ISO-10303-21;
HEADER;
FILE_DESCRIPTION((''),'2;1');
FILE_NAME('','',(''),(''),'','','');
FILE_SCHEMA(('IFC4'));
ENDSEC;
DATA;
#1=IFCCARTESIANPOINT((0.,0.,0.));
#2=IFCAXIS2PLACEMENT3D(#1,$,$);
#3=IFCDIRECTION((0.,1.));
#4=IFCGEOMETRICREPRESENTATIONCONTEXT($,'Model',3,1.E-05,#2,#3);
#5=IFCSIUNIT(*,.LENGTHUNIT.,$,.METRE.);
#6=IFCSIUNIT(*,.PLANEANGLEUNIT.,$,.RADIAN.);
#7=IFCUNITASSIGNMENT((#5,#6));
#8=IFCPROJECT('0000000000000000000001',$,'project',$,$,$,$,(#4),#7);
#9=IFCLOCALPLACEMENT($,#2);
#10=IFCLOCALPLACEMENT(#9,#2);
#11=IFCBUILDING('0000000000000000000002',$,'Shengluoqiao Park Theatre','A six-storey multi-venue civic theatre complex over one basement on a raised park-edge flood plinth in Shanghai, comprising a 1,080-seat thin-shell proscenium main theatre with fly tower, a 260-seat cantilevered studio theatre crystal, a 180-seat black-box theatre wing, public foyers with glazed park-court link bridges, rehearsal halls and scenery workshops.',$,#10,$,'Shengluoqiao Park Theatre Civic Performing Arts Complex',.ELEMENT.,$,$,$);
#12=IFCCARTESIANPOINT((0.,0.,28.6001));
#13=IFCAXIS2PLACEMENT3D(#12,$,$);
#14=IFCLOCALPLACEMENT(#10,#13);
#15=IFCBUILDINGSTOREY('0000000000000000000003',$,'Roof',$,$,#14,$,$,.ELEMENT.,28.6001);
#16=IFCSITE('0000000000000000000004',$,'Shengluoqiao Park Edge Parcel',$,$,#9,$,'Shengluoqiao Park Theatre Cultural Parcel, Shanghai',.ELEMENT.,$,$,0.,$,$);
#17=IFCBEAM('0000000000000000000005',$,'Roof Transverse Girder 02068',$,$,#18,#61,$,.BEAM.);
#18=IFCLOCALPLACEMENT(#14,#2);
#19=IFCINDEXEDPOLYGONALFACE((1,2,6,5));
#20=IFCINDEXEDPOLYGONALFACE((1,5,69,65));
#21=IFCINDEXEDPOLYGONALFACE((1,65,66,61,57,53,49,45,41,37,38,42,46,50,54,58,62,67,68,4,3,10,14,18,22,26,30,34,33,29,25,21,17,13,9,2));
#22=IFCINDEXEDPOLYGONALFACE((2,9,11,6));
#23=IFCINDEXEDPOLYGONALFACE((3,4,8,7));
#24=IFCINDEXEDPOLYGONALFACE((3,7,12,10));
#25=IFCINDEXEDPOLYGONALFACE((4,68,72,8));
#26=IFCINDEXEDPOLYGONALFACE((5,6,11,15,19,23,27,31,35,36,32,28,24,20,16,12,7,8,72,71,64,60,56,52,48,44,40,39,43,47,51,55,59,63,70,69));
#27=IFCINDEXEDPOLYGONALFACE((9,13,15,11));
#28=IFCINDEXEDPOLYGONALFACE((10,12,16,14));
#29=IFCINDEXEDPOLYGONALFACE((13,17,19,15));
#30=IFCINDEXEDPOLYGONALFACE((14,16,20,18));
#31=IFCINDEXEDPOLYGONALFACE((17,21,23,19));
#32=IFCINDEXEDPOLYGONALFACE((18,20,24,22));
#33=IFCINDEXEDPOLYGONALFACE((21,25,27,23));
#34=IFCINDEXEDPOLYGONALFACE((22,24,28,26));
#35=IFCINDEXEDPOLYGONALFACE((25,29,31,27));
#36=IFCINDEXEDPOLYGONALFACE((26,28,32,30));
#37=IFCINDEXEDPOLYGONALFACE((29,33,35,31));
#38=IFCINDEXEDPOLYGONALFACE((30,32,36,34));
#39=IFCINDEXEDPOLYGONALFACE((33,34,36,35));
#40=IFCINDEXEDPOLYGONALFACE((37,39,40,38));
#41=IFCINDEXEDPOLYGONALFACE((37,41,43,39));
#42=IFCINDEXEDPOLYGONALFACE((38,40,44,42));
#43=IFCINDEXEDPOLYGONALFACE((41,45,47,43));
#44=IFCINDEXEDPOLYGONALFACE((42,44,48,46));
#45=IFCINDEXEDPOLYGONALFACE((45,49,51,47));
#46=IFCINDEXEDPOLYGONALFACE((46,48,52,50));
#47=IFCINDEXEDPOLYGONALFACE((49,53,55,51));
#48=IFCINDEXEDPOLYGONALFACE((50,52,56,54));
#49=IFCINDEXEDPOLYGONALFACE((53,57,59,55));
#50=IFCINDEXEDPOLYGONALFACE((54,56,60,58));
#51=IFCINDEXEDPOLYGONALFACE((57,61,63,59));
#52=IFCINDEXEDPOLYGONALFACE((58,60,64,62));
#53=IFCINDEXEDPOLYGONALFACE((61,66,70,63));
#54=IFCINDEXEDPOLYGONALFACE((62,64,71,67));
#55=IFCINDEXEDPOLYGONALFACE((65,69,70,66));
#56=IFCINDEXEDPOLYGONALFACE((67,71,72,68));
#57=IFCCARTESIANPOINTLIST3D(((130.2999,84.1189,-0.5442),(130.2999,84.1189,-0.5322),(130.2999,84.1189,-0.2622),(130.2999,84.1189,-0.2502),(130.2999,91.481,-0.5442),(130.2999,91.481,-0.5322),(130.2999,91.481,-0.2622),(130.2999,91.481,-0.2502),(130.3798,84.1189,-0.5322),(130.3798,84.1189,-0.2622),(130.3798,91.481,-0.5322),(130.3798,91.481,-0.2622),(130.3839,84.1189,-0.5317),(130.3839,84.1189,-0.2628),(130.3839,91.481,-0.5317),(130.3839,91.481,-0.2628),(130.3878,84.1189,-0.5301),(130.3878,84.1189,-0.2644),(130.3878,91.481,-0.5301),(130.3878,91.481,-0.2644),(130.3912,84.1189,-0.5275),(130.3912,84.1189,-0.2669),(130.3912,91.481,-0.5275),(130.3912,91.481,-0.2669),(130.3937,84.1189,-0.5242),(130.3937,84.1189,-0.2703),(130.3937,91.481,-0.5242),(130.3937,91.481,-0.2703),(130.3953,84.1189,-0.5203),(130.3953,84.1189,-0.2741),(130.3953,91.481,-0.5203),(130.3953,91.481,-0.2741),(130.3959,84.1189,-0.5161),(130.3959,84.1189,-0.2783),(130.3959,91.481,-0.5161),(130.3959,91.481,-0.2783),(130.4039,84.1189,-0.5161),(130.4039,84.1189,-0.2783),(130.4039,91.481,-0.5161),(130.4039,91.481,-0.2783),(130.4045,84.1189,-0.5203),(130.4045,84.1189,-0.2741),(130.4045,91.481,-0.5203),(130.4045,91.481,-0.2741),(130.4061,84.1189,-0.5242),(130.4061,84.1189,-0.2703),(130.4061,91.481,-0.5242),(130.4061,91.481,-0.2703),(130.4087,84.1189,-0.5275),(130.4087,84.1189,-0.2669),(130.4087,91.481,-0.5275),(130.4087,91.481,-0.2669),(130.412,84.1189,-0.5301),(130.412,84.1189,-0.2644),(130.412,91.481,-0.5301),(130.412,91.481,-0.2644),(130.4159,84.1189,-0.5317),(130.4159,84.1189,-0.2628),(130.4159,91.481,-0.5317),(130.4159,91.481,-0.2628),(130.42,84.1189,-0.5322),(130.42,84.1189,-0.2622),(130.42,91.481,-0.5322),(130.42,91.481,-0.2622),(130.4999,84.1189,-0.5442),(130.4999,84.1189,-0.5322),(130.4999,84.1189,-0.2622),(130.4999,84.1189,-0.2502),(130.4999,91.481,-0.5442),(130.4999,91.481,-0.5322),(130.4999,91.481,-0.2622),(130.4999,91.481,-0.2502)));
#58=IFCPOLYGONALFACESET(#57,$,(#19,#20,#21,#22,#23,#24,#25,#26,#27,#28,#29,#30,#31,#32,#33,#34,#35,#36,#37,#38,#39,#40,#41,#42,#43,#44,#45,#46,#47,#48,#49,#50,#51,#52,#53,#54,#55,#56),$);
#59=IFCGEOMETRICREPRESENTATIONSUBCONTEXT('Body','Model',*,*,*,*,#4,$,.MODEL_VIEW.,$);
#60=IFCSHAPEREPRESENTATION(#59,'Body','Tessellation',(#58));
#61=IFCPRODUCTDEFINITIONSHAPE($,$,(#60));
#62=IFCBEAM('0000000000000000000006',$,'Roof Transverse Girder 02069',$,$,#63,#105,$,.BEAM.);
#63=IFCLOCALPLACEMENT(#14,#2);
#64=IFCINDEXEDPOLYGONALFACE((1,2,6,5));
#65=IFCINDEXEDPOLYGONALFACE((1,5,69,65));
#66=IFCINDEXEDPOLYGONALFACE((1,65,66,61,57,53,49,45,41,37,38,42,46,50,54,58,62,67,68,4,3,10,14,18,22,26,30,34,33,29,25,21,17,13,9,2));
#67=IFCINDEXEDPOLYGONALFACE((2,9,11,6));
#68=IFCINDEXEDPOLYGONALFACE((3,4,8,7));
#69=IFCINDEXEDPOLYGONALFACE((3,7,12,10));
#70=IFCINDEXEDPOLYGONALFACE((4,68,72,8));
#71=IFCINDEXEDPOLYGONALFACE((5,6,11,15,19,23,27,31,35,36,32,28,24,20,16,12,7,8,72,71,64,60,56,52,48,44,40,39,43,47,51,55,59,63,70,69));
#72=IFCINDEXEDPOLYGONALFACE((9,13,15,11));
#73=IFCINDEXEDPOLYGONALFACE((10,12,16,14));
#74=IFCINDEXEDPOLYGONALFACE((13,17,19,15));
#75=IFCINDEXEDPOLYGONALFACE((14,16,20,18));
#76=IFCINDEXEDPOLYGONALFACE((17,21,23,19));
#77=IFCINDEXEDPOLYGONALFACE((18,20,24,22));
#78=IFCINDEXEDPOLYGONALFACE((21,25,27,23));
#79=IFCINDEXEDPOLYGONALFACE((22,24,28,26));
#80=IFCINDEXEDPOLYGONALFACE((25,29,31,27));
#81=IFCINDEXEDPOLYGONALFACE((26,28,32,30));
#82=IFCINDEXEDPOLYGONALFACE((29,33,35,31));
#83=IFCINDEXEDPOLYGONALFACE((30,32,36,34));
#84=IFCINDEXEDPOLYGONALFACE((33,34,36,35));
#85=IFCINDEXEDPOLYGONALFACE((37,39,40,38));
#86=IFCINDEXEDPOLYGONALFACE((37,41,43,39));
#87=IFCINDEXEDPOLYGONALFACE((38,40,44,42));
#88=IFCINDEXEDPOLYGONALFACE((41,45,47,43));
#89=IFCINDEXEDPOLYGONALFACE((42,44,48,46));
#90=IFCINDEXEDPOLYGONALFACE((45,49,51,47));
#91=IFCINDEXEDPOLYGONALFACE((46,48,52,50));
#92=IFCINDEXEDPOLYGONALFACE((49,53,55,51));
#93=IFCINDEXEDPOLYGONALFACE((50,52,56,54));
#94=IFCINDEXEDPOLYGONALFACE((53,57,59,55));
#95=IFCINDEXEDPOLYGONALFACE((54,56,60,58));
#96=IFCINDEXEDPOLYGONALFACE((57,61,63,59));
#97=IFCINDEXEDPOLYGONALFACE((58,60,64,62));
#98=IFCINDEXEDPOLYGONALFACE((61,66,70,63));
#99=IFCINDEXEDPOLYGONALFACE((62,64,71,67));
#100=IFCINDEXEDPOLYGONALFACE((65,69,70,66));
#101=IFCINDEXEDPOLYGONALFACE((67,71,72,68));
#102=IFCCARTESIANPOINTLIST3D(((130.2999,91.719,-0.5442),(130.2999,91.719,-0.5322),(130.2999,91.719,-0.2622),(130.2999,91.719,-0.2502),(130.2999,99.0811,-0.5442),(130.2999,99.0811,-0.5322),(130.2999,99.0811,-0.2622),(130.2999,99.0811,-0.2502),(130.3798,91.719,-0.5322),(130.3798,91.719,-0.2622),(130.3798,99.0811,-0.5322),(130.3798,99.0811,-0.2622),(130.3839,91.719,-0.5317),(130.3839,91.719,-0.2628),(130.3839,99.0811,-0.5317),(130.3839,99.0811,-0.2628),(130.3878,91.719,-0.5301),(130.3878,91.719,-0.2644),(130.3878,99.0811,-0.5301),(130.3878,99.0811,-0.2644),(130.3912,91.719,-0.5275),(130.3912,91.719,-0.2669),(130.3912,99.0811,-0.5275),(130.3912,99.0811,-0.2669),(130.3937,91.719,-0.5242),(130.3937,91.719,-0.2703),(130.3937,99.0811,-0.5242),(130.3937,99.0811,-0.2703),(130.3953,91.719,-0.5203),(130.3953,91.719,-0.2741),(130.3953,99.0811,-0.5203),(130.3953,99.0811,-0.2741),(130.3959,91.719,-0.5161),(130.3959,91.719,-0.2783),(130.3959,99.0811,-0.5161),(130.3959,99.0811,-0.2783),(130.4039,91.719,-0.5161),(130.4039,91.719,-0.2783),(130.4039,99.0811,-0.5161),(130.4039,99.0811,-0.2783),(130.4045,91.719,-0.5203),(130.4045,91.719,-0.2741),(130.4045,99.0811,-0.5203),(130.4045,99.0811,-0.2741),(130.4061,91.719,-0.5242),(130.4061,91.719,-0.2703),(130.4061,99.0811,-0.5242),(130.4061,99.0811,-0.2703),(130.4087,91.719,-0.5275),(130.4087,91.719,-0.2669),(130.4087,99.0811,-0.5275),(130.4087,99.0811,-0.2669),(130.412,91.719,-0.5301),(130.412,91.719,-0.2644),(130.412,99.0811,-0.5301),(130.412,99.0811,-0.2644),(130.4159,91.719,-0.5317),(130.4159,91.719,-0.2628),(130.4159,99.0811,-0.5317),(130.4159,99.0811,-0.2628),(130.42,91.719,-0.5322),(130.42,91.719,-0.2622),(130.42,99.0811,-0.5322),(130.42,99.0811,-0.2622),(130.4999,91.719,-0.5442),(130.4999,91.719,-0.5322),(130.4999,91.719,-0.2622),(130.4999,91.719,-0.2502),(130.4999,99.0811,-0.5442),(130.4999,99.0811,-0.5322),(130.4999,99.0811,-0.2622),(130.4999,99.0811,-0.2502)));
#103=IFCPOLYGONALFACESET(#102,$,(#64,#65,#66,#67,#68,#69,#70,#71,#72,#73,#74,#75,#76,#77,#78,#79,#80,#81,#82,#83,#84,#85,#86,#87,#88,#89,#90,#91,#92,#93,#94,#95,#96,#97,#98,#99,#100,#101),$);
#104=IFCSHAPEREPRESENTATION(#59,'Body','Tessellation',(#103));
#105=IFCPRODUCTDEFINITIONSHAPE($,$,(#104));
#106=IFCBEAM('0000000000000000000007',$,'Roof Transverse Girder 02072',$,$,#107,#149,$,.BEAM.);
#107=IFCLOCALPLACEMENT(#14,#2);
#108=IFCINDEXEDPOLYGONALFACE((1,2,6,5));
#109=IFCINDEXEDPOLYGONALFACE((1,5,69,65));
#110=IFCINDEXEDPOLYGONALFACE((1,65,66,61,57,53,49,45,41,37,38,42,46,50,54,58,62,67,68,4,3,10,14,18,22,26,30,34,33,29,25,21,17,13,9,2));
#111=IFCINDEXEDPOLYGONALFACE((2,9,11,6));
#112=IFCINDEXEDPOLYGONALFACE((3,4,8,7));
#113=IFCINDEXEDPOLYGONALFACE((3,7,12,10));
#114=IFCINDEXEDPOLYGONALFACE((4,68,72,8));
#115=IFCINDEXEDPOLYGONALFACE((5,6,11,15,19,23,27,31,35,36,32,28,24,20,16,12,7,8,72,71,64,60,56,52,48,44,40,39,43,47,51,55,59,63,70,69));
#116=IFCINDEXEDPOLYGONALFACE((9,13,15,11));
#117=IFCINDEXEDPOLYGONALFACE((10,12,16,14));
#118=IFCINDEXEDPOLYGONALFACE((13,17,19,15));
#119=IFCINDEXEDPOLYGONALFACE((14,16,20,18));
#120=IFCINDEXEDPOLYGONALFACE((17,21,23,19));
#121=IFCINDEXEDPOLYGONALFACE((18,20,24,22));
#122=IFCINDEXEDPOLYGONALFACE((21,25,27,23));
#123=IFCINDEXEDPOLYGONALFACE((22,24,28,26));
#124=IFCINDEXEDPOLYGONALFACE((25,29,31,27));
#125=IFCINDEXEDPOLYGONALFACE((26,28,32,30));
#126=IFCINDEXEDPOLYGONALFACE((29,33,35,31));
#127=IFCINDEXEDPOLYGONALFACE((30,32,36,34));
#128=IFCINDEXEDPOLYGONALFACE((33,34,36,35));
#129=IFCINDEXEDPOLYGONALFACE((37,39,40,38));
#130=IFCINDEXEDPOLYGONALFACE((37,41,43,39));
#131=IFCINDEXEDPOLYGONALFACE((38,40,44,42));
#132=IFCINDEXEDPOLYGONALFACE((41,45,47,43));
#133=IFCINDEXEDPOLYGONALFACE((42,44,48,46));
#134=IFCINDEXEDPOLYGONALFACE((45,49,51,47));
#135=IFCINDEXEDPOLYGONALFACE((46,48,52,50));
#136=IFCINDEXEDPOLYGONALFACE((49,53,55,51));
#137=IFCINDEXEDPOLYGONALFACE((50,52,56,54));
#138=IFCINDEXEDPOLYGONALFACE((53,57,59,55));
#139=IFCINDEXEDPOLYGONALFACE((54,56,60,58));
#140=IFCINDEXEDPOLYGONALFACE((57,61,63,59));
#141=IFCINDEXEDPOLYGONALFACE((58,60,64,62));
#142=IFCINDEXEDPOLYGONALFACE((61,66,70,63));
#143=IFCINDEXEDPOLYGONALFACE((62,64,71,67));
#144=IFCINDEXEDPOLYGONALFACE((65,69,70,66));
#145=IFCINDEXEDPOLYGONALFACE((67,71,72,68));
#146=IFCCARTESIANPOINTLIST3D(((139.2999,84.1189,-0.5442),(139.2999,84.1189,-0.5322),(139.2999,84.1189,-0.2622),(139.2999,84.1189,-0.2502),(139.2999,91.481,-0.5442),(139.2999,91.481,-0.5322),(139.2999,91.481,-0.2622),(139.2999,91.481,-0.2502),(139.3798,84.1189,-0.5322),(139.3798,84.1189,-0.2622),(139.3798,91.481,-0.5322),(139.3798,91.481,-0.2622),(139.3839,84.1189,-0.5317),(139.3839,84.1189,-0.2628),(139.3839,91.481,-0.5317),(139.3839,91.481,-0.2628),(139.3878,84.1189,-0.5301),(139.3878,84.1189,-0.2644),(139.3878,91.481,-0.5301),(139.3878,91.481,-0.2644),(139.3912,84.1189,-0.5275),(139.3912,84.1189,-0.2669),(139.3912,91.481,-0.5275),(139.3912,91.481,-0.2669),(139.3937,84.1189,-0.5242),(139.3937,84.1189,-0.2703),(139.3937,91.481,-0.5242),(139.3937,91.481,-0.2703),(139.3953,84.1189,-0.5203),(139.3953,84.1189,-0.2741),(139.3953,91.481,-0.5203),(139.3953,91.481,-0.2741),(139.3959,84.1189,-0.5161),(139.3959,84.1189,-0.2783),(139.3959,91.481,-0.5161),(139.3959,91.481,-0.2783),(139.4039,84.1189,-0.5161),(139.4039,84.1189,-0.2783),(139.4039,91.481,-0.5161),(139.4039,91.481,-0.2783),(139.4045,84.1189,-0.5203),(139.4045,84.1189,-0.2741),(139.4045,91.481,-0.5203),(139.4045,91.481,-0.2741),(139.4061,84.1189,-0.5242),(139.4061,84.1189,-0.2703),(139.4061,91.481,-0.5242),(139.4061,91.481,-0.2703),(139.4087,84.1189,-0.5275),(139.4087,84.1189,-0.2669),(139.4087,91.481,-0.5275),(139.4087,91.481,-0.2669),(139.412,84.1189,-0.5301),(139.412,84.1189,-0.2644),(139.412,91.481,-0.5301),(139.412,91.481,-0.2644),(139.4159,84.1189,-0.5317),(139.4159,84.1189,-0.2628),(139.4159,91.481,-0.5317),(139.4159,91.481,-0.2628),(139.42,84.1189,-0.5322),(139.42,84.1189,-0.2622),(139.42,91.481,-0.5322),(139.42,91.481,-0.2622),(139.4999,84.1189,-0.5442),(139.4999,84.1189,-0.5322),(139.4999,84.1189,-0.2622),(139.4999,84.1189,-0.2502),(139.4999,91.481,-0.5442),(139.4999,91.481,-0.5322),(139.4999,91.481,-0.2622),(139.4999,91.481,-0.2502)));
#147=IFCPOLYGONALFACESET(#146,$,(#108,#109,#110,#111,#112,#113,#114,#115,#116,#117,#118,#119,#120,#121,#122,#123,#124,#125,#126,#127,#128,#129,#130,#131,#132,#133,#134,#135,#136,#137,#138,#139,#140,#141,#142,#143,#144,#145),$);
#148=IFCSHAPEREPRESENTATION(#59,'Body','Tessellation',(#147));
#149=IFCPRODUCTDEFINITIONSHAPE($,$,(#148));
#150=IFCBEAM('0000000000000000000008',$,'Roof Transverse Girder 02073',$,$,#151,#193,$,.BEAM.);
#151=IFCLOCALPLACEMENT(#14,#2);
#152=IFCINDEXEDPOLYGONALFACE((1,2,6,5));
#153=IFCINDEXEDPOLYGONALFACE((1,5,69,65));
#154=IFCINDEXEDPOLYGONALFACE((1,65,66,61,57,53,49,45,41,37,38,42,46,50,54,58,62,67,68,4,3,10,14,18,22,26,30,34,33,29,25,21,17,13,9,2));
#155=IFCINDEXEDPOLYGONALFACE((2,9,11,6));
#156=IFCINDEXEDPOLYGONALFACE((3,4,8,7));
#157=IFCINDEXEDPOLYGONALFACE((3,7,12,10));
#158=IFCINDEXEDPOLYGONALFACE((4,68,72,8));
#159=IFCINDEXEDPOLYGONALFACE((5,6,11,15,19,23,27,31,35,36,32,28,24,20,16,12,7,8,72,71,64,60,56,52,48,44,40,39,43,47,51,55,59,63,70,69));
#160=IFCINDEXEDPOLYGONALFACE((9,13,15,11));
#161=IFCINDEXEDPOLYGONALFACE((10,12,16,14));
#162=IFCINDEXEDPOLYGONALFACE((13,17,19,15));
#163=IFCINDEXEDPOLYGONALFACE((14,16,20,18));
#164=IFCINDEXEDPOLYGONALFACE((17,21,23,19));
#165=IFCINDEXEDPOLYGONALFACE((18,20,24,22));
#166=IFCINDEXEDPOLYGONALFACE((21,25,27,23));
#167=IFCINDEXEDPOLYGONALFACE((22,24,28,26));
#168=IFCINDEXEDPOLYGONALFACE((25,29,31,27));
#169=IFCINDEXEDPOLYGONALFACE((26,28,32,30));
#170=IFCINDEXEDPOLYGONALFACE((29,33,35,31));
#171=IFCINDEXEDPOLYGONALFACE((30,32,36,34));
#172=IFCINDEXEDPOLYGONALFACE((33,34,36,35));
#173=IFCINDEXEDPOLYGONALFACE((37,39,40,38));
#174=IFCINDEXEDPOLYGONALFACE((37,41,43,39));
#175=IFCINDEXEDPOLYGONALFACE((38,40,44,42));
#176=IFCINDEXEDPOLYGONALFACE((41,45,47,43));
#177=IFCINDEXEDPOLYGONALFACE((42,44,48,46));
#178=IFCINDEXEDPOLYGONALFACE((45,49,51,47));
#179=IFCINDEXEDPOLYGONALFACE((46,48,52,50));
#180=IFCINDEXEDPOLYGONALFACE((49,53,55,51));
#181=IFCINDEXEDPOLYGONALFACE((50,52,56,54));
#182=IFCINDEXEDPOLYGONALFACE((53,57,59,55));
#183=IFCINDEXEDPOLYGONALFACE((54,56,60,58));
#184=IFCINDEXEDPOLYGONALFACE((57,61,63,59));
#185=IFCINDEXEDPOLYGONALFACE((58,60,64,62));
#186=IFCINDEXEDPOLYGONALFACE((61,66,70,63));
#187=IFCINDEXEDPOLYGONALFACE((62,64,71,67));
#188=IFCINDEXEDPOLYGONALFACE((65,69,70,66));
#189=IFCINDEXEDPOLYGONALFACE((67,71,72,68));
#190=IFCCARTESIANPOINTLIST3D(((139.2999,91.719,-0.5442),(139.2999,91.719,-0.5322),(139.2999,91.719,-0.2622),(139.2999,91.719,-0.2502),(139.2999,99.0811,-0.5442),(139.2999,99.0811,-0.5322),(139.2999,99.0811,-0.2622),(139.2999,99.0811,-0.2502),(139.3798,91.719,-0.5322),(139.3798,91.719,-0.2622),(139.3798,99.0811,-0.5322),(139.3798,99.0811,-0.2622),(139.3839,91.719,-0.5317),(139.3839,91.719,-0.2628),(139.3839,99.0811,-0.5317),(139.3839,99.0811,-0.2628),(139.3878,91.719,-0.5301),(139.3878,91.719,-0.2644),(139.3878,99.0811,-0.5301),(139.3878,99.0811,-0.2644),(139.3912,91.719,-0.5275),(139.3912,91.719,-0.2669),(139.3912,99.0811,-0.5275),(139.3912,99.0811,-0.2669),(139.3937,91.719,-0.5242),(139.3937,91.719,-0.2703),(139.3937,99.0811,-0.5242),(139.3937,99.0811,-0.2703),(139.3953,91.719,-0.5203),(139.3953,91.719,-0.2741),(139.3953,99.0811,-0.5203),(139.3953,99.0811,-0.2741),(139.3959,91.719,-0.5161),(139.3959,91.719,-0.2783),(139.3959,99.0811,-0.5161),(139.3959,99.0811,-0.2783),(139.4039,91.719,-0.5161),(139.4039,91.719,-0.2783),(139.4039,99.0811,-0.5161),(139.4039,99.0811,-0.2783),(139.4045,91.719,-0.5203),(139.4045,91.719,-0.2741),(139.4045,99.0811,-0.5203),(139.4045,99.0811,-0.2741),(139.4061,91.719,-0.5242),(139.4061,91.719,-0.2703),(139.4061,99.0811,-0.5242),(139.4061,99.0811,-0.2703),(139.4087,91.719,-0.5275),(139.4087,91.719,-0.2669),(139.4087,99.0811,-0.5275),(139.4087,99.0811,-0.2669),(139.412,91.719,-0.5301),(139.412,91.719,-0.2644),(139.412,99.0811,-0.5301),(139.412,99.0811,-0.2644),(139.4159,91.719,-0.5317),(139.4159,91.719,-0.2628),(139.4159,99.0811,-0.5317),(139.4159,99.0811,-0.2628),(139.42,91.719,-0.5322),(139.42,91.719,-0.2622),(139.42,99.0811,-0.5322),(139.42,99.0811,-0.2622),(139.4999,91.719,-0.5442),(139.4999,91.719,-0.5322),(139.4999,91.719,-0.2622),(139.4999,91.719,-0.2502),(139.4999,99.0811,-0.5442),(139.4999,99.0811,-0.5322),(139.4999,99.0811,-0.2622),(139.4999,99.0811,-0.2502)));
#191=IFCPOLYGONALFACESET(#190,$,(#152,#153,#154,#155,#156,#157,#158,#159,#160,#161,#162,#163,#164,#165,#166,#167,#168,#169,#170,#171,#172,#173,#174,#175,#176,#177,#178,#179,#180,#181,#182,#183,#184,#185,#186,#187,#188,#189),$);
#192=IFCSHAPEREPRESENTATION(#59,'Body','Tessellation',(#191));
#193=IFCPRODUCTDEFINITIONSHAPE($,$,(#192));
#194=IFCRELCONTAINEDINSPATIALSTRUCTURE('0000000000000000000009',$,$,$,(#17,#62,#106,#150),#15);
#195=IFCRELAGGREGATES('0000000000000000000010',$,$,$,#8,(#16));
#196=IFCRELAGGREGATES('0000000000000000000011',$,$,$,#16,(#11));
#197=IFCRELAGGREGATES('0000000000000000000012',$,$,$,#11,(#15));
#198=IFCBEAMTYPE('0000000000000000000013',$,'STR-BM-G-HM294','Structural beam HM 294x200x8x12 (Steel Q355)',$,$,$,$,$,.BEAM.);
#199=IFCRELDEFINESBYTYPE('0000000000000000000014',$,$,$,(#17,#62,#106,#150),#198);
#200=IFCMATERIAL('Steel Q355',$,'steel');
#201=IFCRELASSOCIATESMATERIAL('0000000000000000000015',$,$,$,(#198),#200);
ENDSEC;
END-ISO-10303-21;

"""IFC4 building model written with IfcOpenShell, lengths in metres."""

from ifc_helpers import new_model, si_unit, direction, frame, origin, origin_2d, place, context, subcontext, project, spatial, i_section, extrude, material, material_profile, profile_set, type_object, element, save


model = new_model("IFC4")

# Units and contexts
model_context = context("Model", 3, precision=1e-05, world=origin(), true_north=direction((0.0, 1.0)))
body_context = subcontext(model_context, "Body", "Model", "MODEL_VIEW")
ifc_project = project(units=[si_unit("LENGTHUNIT", "METRE"), si_unit("PLANEANGLEUNIT", "RADIAN")], contexts=[model_context])

# Site, building, storey
site_placement = place(None, origin())
site = spatial("IfcSite", under=ifc_project, at=site_placement, Name="Shengluoqiao Park Edge Parcel", LongName="Shengluoqiao Park Theatre Cultural Parcel, Shanghai", CompositionType="ELEMENT", RefElevation=0.0)
building_placement = place(site_placement, origin())
building = spatial("IfcBuilding", under=site, at=building_placement, Name="Shengluoqiao Park Theatre", Description="A six-storey multi-venue civic theatre complex over one basement on a raised park-edge flood plinth in Shanghai, comprising a 1,080-seat thin-shell proscenium main theatre with fly tower, a 260-seat cantilevered studio theatre crystal, a 180-seat black-box theatre wing, public foyers with glazed park-court link bridges, rehearsal halls and scenery workshops.", LongName="Shengluoqiao Park Theatre Civic Performing Arts Complex", CompositionType="ELEMENT")
storey_placement = place(building_placement, frame((0.0, 0.0, 28.6001)))
storey = spatial("IfcBuildingStorey", under=building, at=storey_placement, Name="Roof", CompositionType="ELEMENT", Elevation=28.6001)

# Beams
ifc_material_1 = material(Name="Steel Q355", Category="steel")
ifc_material_profile_1 = material_profile(ifc_material_1, i_section(OverallWidth=0.2, OverallDepth=0.2939, WebThickness=0.0081, FlangeThickness=0.012, FilletRadius=0.0161, at=origin_2d()), Name="HM 294x200x8x12")
ifc_profile_set_1 = profile_set([ifc_material_profile_1], Name="Steel Q355")
beam_type_1 = type_object("IfcBeamType", Name="STR-BM-G-HM294", Description="Structural beam HM 294x200x8x12 (Steel Q355)", PredefinedType="BEAM", material=ifc_profile_set_1)
for number, where, z_axis, x_axis, name in (
    (1, (130.3999, 84.1189, -0.3972), (0.0, 1.0, 0.0), (-1.0, 0.0, 0.0), "Roof Transverse Girder 02068"),
    (2, (130.3999, 91.719, -0.3972), (0.0, 1.0, 0.0), (-1.0, 0.0, 0.0), "Roof Transverse Girder 02069"),
    (3, (139.3999, 84.1189, -0.3972), (0.0, 1.0, 0.0), (-1.0, 0.0, 0.0), "Roof Transverse Girder 02072"),
    (4, (139.3999, 91.719, -0.3972), (0.0, 1.0, 0.0), (-1.0, 0.0, 0.0), "Roof Transverse Girder 02073"),
):
    element("IfcBeam", number, at=place(storey_placement, frame(where, z_axis=z_axis, x_axis=x_axis)), inside=storey, type_object=beam_type_1, Name=name, PredefinedType="BEAM", context=body_context, shape_type="SweptSolid", body=[
        extrude(i_section(OverallWidth=0.2, OverallDepth=0.2939, WebThickness=0.0081, FlangeThickness=0.012, FilletRadius=0.0161, at=origin_2d()), origin(), (0.0, 0.0, 1.0), 7.3621),
    ])

save(model, "model.ifc")
